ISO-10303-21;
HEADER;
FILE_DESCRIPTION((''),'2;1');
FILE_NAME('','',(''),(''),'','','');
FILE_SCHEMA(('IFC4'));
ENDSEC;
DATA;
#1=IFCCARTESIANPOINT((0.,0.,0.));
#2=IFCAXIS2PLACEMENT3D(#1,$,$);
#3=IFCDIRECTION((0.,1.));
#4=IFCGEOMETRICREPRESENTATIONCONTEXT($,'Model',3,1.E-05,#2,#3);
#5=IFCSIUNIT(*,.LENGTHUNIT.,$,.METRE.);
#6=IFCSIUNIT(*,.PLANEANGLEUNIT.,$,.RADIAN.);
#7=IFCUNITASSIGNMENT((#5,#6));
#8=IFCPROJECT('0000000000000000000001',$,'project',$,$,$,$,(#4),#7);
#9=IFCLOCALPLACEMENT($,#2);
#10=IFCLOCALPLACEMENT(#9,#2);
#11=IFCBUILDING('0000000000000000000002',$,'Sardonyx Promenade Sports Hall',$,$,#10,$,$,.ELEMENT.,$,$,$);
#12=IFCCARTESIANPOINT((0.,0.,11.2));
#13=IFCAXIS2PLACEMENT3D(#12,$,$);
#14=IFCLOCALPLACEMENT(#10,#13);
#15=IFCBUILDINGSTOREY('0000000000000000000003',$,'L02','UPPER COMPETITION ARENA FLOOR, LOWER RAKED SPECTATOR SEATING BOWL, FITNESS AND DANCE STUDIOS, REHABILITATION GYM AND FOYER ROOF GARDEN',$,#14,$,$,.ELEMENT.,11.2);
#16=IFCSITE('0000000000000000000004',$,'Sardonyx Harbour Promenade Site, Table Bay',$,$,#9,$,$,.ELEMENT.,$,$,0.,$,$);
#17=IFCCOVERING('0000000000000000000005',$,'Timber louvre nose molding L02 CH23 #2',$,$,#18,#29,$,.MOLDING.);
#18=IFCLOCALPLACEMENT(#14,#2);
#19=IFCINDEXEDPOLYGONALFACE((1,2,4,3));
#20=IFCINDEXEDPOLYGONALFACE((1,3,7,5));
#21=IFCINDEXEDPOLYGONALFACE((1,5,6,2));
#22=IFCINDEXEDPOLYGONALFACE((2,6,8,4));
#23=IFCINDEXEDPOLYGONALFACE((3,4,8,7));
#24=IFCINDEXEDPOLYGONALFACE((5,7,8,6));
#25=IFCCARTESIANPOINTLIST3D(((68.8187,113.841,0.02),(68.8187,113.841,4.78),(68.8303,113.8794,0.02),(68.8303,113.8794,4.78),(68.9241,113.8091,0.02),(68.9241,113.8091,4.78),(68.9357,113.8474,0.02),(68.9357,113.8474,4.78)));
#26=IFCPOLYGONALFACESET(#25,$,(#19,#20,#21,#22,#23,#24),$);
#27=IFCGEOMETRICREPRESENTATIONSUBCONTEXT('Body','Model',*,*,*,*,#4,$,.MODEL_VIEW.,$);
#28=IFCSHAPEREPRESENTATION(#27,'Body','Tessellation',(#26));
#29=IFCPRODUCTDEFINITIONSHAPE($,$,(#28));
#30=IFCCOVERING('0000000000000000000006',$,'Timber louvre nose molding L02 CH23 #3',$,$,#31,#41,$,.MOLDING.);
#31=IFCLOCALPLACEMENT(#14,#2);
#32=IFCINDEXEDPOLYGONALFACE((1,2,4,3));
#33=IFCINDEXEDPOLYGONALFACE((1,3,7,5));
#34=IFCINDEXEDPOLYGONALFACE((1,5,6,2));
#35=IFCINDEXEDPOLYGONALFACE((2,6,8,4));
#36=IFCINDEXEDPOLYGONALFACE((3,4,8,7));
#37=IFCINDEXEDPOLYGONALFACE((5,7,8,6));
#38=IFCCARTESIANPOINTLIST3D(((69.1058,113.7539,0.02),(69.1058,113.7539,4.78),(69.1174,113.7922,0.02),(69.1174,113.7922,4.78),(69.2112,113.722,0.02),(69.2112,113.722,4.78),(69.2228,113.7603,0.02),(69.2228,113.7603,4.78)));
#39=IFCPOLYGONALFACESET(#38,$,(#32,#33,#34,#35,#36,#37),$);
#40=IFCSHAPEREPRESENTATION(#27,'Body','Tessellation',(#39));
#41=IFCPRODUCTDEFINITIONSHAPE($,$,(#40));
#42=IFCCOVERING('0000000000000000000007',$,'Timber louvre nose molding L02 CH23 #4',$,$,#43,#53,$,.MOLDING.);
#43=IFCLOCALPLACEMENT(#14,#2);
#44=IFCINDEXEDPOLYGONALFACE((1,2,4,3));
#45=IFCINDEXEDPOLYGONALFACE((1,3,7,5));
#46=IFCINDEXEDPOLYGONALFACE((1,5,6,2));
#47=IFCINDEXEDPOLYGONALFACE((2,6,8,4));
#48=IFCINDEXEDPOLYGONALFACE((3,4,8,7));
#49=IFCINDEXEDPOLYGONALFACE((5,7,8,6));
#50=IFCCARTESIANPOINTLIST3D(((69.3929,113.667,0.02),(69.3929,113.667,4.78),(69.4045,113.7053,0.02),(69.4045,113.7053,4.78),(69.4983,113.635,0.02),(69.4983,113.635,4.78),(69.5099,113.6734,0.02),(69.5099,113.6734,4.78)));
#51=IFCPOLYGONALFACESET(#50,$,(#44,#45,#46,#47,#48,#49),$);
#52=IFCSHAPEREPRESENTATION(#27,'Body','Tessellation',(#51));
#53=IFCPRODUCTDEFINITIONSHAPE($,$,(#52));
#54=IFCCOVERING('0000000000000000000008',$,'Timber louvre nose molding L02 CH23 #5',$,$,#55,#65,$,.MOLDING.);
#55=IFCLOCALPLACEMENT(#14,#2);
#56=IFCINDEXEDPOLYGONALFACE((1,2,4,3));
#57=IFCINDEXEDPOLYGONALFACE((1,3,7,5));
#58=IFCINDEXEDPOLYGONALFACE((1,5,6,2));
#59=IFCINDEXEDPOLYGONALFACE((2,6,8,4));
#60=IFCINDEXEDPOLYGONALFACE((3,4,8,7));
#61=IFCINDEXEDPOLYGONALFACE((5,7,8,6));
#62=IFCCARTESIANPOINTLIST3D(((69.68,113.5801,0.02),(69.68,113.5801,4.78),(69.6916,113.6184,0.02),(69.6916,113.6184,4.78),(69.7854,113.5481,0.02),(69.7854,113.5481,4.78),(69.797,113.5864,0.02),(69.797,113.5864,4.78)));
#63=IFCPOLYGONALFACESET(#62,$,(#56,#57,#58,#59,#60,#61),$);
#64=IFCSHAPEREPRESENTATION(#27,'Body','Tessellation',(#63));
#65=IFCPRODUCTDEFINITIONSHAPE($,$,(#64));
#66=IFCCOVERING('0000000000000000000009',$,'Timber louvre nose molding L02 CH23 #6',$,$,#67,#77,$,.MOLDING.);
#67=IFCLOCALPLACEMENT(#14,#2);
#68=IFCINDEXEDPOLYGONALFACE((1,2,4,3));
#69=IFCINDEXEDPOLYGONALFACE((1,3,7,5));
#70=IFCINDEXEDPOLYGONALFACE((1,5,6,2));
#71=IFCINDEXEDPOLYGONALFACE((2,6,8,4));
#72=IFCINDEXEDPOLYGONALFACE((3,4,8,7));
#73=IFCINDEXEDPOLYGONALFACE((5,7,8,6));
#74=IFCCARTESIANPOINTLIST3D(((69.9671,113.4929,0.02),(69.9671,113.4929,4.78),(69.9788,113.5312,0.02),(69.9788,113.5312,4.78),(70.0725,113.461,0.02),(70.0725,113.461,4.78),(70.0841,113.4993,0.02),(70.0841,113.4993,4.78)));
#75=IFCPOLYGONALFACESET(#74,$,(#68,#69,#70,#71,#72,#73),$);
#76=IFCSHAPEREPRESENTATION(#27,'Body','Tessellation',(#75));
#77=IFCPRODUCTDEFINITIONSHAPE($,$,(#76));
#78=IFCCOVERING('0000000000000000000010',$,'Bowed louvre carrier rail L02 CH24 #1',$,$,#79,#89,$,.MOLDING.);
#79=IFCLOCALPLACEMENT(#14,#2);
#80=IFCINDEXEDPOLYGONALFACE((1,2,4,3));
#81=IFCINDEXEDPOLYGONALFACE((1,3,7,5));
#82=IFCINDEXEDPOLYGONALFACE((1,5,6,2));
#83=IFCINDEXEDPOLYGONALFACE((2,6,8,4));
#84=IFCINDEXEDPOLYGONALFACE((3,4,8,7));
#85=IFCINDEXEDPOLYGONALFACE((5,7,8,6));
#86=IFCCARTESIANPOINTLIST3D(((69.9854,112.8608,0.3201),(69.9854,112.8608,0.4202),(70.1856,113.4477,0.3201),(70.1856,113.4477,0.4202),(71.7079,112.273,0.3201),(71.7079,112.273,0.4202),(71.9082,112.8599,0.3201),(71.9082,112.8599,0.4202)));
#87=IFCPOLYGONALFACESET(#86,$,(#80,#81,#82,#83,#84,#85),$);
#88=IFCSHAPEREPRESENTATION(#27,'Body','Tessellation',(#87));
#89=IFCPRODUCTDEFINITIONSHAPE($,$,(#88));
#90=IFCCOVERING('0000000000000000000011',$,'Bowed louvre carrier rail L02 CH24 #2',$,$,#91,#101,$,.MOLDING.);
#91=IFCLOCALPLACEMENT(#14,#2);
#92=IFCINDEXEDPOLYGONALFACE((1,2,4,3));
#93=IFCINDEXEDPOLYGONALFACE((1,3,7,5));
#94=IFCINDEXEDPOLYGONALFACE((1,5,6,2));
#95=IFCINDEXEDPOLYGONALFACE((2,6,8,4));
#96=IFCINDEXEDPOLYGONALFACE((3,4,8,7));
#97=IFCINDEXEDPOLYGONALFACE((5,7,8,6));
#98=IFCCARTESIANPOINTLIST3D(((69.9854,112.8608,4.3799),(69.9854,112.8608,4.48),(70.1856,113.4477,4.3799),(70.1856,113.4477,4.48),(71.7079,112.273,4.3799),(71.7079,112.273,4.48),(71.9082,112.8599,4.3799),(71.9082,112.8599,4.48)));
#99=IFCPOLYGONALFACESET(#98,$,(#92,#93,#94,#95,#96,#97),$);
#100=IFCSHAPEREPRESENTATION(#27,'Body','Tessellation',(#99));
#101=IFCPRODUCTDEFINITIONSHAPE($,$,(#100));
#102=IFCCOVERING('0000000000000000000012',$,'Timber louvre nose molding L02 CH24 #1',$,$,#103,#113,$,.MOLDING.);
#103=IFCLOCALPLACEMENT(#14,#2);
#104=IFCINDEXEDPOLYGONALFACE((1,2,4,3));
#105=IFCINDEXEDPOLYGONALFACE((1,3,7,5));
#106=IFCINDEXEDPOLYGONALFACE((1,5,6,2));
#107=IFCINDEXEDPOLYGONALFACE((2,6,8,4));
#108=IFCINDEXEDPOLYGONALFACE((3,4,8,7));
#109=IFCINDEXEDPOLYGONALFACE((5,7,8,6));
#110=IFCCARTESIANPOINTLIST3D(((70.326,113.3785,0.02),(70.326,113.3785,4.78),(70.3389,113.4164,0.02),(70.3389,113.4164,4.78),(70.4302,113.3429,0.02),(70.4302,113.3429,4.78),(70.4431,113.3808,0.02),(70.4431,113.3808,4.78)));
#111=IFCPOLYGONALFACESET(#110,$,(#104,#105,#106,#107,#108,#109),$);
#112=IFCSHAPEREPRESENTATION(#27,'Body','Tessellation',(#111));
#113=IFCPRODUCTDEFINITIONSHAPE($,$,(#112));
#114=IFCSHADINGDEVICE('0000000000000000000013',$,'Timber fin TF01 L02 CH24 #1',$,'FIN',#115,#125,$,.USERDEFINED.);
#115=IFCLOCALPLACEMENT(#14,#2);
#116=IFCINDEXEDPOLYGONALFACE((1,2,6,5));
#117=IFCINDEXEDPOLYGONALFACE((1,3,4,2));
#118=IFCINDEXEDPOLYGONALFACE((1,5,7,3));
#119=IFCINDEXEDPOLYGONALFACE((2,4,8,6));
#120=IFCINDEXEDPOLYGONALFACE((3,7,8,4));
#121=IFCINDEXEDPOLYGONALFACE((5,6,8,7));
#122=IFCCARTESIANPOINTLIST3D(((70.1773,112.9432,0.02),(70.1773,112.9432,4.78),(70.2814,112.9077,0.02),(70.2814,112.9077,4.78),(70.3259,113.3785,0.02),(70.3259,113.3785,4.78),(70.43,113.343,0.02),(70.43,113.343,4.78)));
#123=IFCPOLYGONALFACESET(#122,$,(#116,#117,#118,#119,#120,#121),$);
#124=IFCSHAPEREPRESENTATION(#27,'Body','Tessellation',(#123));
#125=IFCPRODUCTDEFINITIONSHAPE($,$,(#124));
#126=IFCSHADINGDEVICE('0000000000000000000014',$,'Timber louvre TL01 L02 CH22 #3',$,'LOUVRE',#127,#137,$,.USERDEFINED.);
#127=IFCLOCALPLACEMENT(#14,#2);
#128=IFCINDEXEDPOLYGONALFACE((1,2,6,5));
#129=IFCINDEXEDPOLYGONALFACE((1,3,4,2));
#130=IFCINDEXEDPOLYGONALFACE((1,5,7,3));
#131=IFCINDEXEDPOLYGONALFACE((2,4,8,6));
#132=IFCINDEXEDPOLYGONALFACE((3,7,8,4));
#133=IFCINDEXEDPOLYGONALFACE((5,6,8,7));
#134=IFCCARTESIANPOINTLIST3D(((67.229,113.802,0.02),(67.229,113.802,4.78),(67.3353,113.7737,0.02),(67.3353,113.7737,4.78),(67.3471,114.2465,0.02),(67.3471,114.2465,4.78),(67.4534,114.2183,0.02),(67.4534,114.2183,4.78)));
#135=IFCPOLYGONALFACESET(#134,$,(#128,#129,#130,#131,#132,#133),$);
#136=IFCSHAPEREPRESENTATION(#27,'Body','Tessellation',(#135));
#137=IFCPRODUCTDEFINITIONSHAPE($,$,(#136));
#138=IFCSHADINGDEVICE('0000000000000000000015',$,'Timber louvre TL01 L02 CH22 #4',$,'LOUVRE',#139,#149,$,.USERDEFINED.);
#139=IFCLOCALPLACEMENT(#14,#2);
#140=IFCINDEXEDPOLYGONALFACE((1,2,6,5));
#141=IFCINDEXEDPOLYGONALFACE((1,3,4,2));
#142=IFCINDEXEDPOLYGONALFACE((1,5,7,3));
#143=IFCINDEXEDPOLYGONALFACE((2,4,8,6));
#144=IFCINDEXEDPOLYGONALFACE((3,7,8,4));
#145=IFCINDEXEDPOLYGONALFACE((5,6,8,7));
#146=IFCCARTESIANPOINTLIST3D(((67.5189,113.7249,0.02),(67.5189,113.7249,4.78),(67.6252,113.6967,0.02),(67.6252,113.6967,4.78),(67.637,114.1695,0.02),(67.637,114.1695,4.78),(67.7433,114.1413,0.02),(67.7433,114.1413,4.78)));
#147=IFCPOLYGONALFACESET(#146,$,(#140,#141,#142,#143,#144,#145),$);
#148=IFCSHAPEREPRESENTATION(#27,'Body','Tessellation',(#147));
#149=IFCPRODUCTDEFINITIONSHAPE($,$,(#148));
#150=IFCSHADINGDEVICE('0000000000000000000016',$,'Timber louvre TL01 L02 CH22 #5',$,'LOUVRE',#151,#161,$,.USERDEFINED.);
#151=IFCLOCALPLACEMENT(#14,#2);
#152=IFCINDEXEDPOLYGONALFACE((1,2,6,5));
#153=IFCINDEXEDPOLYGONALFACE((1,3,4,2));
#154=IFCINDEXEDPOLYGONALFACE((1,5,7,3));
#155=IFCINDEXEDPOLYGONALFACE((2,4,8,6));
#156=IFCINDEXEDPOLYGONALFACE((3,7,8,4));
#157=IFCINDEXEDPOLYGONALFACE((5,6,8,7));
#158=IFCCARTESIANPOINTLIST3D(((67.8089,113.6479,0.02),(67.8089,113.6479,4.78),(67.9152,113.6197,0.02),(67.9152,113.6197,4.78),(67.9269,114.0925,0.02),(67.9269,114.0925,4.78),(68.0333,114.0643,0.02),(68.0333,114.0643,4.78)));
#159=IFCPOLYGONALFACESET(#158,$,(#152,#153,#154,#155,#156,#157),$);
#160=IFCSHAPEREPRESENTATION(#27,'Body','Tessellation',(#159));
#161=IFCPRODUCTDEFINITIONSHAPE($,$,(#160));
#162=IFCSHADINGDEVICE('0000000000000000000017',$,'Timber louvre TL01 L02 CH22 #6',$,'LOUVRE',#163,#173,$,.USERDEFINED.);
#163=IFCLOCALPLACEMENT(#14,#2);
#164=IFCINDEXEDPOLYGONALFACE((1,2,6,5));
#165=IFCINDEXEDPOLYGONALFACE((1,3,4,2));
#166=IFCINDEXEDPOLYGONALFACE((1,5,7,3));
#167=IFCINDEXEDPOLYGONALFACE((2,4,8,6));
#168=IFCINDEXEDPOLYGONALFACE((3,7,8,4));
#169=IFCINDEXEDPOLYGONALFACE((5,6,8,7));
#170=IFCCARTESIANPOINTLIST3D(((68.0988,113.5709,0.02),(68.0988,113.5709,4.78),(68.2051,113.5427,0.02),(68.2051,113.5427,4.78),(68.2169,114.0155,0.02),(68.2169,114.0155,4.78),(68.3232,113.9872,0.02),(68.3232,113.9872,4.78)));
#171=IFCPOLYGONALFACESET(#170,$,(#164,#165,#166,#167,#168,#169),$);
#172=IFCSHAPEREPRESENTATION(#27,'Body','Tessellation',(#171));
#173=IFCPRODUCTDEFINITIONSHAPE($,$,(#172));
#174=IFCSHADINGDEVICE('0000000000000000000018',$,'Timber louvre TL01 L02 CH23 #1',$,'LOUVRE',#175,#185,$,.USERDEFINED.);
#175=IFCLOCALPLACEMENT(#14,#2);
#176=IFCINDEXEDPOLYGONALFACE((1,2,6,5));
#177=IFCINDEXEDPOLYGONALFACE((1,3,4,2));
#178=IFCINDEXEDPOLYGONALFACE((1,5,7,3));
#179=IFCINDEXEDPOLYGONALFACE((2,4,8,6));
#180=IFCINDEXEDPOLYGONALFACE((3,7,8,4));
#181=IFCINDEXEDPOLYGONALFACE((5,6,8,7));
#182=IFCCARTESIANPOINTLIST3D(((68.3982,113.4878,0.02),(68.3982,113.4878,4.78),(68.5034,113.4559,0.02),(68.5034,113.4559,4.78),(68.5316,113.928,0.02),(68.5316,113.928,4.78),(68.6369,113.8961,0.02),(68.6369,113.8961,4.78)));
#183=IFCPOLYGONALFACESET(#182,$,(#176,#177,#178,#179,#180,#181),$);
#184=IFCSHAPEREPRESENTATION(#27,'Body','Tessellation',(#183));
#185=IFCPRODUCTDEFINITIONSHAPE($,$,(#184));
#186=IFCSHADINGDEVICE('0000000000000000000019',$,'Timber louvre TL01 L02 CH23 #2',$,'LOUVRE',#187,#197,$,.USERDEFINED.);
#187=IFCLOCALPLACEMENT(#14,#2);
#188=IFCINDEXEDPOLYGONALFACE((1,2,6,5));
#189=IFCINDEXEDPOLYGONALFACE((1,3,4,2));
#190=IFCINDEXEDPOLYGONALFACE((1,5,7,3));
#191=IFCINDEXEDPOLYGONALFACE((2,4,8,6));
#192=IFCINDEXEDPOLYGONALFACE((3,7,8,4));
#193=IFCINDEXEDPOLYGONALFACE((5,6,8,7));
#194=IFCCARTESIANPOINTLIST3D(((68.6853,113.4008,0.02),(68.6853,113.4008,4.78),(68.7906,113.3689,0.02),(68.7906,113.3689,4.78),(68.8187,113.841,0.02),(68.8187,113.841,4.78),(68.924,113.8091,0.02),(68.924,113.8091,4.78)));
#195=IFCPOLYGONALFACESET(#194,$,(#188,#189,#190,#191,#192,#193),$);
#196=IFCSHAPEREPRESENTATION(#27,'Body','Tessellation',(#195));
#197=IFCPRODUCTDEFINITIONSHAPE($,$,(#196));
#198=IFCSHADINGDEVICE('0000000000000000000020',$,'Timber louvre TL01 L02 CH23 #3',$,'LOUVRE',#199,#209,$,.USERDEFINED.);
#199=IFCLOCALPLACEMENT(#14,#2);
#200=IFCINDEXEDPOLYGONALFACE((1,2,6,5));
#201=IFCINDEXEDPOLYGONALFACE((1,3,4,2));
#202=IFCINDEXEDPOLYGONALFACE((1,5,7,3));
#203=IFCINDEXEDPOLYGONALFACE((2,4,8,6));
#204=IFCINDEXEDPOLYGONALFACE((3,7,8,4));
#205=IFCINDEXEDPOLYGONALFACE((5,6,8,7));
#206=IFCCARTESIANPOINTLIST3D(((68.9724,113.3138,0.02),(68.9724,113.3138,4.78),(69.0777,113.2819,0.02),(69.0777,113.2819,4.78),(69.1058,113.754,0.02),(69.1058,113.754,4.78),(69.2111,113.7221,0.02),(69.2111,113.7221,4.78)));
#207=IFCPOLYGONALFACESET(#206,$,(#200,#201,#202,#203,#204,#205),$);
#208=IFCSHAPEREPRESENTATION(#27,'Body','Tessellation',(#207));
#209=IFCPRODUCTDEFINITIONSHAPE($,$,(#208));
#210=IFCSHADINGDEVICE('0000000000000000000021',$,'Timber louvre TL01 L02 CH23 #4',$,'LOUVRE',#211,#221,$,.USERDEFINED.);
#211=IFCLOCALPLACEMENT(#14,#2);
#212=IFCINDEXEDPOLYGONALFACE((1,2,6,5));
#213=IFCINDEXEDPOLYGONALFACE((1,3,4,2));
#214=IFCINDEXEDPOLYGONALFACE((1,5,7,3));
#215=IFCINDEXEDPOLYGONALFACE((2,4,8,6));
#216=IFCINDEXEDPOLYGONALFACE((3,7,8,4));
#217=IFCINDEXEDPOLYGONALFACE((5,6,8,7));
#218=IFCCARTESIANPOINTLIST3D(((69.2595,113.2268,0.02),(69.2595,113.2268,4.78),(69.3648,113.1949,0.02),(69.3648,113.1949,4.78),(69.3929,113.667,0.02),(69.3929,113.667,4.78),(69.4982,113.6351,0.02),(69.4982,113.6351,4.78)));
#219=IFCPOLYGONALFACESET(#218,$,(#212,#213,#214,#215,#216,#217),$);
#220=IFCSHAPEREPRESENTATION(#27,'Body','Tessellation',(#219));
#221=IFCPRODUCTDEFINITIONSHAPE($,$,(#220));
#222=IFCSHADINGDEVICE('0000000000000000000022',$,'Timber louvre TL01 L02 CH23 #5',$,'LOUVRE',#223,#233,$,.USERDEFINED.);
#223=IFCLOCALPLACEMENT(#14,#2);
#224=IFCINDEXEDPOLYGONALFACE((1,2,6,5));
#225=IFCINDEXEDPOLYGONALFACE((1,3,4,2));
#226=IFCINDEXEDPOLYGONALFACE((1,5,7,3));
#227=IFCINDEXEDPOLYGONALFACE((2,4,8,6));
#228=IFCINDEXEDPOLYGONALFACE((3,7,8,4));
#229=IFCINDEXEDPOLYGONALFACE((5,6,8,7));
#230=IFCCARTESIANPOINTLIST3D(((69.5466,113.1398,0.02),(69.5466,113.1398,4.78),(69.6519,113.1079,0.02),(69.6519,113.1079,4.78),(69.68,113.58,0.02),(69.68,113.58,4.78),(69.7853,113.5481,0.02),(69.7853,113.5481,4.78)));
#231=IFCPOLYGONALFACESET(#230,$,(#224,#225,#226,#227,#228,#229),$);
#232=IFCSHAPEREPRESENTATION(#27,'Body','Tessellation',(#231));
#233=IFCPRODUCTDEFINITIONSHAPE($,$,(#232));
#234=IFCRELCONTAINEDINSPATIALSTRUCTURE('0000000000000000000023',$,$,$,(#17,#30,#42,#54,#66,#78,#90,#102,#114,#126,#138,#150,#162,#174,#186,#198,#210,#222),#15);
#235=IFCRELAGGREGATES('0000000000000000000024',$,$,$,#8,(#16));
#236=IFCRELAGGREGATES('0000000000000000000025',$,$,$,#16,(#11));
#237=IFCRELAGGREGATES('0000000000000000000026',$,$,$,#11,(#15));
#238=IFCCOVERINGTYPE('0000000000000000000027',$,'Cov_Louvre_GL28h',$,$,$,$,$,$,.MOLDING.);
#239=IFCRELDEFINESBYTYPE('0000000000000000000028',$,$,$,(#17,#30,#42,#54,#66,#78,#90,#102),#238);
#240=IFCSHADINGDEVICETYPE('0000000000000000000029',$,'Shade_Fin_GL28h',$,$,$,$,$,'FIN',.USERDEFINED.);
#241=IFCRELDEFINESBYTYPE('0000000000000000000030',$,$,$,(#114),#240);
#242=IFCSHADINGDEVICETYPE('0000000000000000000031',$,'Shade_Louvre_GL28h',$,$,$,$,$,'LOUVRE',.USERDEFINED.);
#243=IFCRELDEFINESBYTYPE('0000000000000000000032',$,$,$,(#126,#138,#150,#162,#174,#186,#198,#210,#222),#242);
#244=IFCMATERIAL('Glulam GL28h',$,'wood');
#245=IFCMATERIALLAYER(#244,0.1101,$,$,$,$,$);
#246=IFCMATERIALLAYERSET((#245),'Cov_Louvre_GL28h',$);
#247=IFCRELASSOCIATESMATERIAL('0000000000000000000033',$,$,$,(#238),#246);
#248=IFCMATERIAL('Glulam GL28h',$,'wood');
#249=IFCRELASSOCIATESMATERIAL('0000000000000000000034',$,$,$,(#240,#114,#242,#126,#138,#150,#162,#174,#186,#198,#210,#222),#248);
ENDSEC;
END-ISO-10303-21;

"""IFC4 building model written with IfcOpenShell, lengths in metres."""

from ifc_helpers import new_model, si_unit, direction, frame, origin, origin_2d, place, context, subcontext, project, spatial, rectangle, extrude, material, layer, layer_set, type_object, element, save


model = new_model("IFC4")

# Units and contexts
model_context = context("Model", 3, precision=1e-05, world=origin(), true_north=direction((0.0, 1.0)))
body_context = subcontext(model_context, "Body", "Model", "MODEL_VIEW")
ifc_project = project(units=[si_unit("LENGTHUNIT", "METRE"), si_unit("PLANEANGLEUNIT", "RADIAN")], contexts=[model_context])

# Site, building, storey
site_placement = place(None, origin())
site = spatial("IfcSite", under=ifc_project, at=site_placement, Name="Sardonyx Harbour Promenade Site, Table Bay", CompositionType="ELEMENT", RefElevation=0.0)
building_placement = place(site_placement, origin())
building = spatial("IfcBuilding", under=site, at=building_placement, Name="Sardonyx Promenade Sports Hall", CompositionType="ELEMENT")
storey_placement = place(building_placement, frame((0.0, 0.0, 11.2)))
storey = spatial("IfcBuildingStorey", under=building, at=storey_placement, Name="L02", Description="UPPER COMPETITION ARENA FLOOR, LOWER RAKED SPECTATOR SEATING BOWL, FITNESS AND DANCE STUDIOS, REHABILITATION GYM AND FOYER ROOF GARDEN", CompositionType="ELEMENT", Elevation=11.2)

# Coverings
ifc_material_1 = material(Name="Glulam GL28h", Category="wood")
ifc_layer_1 = layer(ifc_material_1, 0.1101)
ifc_layer_set_1 = layer_set([ifc_layer_1], Name="Cov_Louvre_GL28h")
covering_type = type_object("IfcCoveringType", Name="Cov_Louvre_GL28h", PredefinedType="MOLDING", material=ifc_layer_set_1)
for number, where, z_axis, x_axis, name in (
    (1, (68.8772, 113.8442, 0.02), (0.0, 0.0, 1.0), (0.957021, -0.290017, 0.0), "Timber louvre nose molding L02 CH23 #2"),
    (2, (69.1643, 113.7571, 0.02), (0.0, 0.0, 1.0), (0.957021, -0.290017, 0.0), "Timber louvre nose molding L02 CH23 #3"),
    (3, (69.4514, 113.6702, 0.02), (0.0, 0.0, 1.0), (0.957021, -0.290017, 0.0), "Timber louvre nose molding L02 CH23 #4"),
    (4, (69.7385, 113.5833, 0.02), (0.0, 0.0, 1.0), (0.957021, -0.290017, 0.0), "Timber louvre nose molding L02 CH23 #5"),
    (5, (70.0256, 113.4961, 0.02), (0.0, 0.0, 1.0), (0.957021, -0.290017, 0.0), "Timber louvre nose molding L02 CH23 #6"),
):
    element("IfcCovering", number, at=place(storey_placement, frame(where, z_axis=z_axis, x_axis=x_axis)), inside=storey, type_object=covering_type, Name=name, PredefinedType="MOLDING", context=body_context, shape_type="SweptSolid", body=[
        extrude(rectangle(XDim=0.1101, YDim=0.04, at=origin_2d()), origin(), (0.0, 0.0, 1.0), 4.76),
    ])
for number, where, z_axis, x_axis, name in (
    (6, (70.9468, 112.8604, 0.3201), (0.0, 0.0, 1.0), (0.946411, -0.322966, 0.0), "Bowed louvre carrier rail L02 CH24 #1"),
    (7, (70.9468, 112.8604, 4.3799), (0.0, 0.0, 1.0), (0.946411, -0.322966, 0.0), "Bowed louvre carrier rail L02 CH24 #2"),
):
    element("IfcCovering", number, at=place(storey_placement, frame(where, z_axis=z_axis, x_axis=x_axis)), inside=storey, type_object=covering_type, Name=name, PredefinedType="MOLDING", context=body_context, shape_type="SweptSolid", body=[
        extrude(rectangle(XDim=1.8201, YDim=0.6201, at=origin_2d()), origin(), (0.0, 0.0, 1.0), 0.1001),
    ])
covering_placement = place(storey_placement, frame((70.3845, 113.3796, 0.02), z_axis=(0.0, 0.0, 1.0), x_axis=(0.946411, -0.322966, 0.0)))
element("IfcCovering", 8, at=covering_placement, inside=storey, type_object=covering_type, Name="Timber louvre nose molding L02 CH24 #1", PredefinedType="MOLDING", context=body_context, shape_type="SweptSolid", body=[
    extrude(rectangle(XDim=0.1101, YDim=0.04, at=origin_2d()), origin(), (0.0, 0.0, 1.0), 4.76),
])

# Shading devices
ifc_material_2 = material(Name="Glulam GL28h", Category="wood")
shading_device_type_1 = type_object("IfcShadingDeviceType", Name="Shade_Fin_GL28h", ElementType="FIN", PredefinedType="USERDEFINED", material=ifc_material_2)
shading_device_placement = place(storey_placement, frame((70.3037, 113.1431, 0.02), z_axis=(0.0, 0.0, 1.0), x_axis=(0.946411, -0.322966, 0.0)))
element("IfcShadingDevice", 9, at=shading_device_placement, inside=storey, type_object=shading_device_type_1, material=ifc_material_2, Name="Timber fin TF01 L02 CH24 #1", ObjectType="FIN", PredefinedType="USERDEFINED", context=body_context, shape_type="SweptSolid", body=[
    extrude(rectangle(XDim=0.11, YDim=0.46), origin(), (0.0, 0.0, 1.0), 4.76),
])
shading_device_type_2 = type_object("IfcShadingDeviceType", Name="Shade_Louvre_GL28h", ElementType="LOUVRE", PredefinedType="USERDEFINED", material=ifc_material_2)
for number, where, z_axis, x_axis, name in (
    (10, (67.3412, 114.0101, 0.02), (0.0, 0.0, 1.0), (0.966485, -0.256721, 0.0), "Timber louvre TL01 L02 CH22 #3"),
    (11, (67.6311, 113.9331, 0.02), (0.0, 0.0, 1.0), (0.966485, -0.256721, 0.0), "Timber louvre TL01 L02 CH22 #4"),
    (12, (67.9211, 113.8561, 0.02), (0.0, 0.0, 1.0), (0.966485, -0.256721, 0.0), "Timber louvre TL01 L02 CH22 #5"),
    (13, (68.211, 113.7791, 0.02), (0.0, 0.0, 1.0), (0.966485, -0.256721, 0.0), "Timber louvre TL01 L02 CH22 #6"),
    (14, (68.5175, 113.692, 0.02), (0.0, 0.0, 1.0), (0.957021, -0.290017, 0.0), "Timber louvre TL01 L02 CH23 #1"),
    (15, (68.8046, 113.6049, 0.02), (0.0, 0.0, 1.0), (0.957021, -0.290017, 0.0), "Timber louvre TL01 L02 CH23 #2"),
    (16, (69.0917, 113.5179, 0.02), (0.0, 0.0, 1.0), (0.957021, -0.290017, 0.0), "Timber louvre TL01 L02 CH23 #3"),
    (17, (69.3788, 113.4309, 0.02), (0.0, 0.0, 1.0), (0.957021, -0.290017, 0.0), "Timber louvre TL01 L02 CH23 #4"),
    (18, (69.6659, 113.3439, 0.02), (0.0, 0.0, 1.0), (0.957021, -0.290017, 0.0), "Timber louvre TL01 L02 CH23 #5"),
):
    element("IfcShadingDevice", number, at=place(storey_placement, frame(where, z_axis=z_axis, x_axis=x_axis)), inside=storey, type_object=shading_device_type_2, material=ifc_material_2, Name=name, ObjectType="LOUVRE", PredefinedType="USERDEFINED", context=body_context, shape_type="SweptSolid", body=[
        extrude(rectangle(XDim=0.11, YDim=0.46), origin(), (0.0, 0.0, 1.0), 4.76),
    ])

save(model, "model.ifc")
